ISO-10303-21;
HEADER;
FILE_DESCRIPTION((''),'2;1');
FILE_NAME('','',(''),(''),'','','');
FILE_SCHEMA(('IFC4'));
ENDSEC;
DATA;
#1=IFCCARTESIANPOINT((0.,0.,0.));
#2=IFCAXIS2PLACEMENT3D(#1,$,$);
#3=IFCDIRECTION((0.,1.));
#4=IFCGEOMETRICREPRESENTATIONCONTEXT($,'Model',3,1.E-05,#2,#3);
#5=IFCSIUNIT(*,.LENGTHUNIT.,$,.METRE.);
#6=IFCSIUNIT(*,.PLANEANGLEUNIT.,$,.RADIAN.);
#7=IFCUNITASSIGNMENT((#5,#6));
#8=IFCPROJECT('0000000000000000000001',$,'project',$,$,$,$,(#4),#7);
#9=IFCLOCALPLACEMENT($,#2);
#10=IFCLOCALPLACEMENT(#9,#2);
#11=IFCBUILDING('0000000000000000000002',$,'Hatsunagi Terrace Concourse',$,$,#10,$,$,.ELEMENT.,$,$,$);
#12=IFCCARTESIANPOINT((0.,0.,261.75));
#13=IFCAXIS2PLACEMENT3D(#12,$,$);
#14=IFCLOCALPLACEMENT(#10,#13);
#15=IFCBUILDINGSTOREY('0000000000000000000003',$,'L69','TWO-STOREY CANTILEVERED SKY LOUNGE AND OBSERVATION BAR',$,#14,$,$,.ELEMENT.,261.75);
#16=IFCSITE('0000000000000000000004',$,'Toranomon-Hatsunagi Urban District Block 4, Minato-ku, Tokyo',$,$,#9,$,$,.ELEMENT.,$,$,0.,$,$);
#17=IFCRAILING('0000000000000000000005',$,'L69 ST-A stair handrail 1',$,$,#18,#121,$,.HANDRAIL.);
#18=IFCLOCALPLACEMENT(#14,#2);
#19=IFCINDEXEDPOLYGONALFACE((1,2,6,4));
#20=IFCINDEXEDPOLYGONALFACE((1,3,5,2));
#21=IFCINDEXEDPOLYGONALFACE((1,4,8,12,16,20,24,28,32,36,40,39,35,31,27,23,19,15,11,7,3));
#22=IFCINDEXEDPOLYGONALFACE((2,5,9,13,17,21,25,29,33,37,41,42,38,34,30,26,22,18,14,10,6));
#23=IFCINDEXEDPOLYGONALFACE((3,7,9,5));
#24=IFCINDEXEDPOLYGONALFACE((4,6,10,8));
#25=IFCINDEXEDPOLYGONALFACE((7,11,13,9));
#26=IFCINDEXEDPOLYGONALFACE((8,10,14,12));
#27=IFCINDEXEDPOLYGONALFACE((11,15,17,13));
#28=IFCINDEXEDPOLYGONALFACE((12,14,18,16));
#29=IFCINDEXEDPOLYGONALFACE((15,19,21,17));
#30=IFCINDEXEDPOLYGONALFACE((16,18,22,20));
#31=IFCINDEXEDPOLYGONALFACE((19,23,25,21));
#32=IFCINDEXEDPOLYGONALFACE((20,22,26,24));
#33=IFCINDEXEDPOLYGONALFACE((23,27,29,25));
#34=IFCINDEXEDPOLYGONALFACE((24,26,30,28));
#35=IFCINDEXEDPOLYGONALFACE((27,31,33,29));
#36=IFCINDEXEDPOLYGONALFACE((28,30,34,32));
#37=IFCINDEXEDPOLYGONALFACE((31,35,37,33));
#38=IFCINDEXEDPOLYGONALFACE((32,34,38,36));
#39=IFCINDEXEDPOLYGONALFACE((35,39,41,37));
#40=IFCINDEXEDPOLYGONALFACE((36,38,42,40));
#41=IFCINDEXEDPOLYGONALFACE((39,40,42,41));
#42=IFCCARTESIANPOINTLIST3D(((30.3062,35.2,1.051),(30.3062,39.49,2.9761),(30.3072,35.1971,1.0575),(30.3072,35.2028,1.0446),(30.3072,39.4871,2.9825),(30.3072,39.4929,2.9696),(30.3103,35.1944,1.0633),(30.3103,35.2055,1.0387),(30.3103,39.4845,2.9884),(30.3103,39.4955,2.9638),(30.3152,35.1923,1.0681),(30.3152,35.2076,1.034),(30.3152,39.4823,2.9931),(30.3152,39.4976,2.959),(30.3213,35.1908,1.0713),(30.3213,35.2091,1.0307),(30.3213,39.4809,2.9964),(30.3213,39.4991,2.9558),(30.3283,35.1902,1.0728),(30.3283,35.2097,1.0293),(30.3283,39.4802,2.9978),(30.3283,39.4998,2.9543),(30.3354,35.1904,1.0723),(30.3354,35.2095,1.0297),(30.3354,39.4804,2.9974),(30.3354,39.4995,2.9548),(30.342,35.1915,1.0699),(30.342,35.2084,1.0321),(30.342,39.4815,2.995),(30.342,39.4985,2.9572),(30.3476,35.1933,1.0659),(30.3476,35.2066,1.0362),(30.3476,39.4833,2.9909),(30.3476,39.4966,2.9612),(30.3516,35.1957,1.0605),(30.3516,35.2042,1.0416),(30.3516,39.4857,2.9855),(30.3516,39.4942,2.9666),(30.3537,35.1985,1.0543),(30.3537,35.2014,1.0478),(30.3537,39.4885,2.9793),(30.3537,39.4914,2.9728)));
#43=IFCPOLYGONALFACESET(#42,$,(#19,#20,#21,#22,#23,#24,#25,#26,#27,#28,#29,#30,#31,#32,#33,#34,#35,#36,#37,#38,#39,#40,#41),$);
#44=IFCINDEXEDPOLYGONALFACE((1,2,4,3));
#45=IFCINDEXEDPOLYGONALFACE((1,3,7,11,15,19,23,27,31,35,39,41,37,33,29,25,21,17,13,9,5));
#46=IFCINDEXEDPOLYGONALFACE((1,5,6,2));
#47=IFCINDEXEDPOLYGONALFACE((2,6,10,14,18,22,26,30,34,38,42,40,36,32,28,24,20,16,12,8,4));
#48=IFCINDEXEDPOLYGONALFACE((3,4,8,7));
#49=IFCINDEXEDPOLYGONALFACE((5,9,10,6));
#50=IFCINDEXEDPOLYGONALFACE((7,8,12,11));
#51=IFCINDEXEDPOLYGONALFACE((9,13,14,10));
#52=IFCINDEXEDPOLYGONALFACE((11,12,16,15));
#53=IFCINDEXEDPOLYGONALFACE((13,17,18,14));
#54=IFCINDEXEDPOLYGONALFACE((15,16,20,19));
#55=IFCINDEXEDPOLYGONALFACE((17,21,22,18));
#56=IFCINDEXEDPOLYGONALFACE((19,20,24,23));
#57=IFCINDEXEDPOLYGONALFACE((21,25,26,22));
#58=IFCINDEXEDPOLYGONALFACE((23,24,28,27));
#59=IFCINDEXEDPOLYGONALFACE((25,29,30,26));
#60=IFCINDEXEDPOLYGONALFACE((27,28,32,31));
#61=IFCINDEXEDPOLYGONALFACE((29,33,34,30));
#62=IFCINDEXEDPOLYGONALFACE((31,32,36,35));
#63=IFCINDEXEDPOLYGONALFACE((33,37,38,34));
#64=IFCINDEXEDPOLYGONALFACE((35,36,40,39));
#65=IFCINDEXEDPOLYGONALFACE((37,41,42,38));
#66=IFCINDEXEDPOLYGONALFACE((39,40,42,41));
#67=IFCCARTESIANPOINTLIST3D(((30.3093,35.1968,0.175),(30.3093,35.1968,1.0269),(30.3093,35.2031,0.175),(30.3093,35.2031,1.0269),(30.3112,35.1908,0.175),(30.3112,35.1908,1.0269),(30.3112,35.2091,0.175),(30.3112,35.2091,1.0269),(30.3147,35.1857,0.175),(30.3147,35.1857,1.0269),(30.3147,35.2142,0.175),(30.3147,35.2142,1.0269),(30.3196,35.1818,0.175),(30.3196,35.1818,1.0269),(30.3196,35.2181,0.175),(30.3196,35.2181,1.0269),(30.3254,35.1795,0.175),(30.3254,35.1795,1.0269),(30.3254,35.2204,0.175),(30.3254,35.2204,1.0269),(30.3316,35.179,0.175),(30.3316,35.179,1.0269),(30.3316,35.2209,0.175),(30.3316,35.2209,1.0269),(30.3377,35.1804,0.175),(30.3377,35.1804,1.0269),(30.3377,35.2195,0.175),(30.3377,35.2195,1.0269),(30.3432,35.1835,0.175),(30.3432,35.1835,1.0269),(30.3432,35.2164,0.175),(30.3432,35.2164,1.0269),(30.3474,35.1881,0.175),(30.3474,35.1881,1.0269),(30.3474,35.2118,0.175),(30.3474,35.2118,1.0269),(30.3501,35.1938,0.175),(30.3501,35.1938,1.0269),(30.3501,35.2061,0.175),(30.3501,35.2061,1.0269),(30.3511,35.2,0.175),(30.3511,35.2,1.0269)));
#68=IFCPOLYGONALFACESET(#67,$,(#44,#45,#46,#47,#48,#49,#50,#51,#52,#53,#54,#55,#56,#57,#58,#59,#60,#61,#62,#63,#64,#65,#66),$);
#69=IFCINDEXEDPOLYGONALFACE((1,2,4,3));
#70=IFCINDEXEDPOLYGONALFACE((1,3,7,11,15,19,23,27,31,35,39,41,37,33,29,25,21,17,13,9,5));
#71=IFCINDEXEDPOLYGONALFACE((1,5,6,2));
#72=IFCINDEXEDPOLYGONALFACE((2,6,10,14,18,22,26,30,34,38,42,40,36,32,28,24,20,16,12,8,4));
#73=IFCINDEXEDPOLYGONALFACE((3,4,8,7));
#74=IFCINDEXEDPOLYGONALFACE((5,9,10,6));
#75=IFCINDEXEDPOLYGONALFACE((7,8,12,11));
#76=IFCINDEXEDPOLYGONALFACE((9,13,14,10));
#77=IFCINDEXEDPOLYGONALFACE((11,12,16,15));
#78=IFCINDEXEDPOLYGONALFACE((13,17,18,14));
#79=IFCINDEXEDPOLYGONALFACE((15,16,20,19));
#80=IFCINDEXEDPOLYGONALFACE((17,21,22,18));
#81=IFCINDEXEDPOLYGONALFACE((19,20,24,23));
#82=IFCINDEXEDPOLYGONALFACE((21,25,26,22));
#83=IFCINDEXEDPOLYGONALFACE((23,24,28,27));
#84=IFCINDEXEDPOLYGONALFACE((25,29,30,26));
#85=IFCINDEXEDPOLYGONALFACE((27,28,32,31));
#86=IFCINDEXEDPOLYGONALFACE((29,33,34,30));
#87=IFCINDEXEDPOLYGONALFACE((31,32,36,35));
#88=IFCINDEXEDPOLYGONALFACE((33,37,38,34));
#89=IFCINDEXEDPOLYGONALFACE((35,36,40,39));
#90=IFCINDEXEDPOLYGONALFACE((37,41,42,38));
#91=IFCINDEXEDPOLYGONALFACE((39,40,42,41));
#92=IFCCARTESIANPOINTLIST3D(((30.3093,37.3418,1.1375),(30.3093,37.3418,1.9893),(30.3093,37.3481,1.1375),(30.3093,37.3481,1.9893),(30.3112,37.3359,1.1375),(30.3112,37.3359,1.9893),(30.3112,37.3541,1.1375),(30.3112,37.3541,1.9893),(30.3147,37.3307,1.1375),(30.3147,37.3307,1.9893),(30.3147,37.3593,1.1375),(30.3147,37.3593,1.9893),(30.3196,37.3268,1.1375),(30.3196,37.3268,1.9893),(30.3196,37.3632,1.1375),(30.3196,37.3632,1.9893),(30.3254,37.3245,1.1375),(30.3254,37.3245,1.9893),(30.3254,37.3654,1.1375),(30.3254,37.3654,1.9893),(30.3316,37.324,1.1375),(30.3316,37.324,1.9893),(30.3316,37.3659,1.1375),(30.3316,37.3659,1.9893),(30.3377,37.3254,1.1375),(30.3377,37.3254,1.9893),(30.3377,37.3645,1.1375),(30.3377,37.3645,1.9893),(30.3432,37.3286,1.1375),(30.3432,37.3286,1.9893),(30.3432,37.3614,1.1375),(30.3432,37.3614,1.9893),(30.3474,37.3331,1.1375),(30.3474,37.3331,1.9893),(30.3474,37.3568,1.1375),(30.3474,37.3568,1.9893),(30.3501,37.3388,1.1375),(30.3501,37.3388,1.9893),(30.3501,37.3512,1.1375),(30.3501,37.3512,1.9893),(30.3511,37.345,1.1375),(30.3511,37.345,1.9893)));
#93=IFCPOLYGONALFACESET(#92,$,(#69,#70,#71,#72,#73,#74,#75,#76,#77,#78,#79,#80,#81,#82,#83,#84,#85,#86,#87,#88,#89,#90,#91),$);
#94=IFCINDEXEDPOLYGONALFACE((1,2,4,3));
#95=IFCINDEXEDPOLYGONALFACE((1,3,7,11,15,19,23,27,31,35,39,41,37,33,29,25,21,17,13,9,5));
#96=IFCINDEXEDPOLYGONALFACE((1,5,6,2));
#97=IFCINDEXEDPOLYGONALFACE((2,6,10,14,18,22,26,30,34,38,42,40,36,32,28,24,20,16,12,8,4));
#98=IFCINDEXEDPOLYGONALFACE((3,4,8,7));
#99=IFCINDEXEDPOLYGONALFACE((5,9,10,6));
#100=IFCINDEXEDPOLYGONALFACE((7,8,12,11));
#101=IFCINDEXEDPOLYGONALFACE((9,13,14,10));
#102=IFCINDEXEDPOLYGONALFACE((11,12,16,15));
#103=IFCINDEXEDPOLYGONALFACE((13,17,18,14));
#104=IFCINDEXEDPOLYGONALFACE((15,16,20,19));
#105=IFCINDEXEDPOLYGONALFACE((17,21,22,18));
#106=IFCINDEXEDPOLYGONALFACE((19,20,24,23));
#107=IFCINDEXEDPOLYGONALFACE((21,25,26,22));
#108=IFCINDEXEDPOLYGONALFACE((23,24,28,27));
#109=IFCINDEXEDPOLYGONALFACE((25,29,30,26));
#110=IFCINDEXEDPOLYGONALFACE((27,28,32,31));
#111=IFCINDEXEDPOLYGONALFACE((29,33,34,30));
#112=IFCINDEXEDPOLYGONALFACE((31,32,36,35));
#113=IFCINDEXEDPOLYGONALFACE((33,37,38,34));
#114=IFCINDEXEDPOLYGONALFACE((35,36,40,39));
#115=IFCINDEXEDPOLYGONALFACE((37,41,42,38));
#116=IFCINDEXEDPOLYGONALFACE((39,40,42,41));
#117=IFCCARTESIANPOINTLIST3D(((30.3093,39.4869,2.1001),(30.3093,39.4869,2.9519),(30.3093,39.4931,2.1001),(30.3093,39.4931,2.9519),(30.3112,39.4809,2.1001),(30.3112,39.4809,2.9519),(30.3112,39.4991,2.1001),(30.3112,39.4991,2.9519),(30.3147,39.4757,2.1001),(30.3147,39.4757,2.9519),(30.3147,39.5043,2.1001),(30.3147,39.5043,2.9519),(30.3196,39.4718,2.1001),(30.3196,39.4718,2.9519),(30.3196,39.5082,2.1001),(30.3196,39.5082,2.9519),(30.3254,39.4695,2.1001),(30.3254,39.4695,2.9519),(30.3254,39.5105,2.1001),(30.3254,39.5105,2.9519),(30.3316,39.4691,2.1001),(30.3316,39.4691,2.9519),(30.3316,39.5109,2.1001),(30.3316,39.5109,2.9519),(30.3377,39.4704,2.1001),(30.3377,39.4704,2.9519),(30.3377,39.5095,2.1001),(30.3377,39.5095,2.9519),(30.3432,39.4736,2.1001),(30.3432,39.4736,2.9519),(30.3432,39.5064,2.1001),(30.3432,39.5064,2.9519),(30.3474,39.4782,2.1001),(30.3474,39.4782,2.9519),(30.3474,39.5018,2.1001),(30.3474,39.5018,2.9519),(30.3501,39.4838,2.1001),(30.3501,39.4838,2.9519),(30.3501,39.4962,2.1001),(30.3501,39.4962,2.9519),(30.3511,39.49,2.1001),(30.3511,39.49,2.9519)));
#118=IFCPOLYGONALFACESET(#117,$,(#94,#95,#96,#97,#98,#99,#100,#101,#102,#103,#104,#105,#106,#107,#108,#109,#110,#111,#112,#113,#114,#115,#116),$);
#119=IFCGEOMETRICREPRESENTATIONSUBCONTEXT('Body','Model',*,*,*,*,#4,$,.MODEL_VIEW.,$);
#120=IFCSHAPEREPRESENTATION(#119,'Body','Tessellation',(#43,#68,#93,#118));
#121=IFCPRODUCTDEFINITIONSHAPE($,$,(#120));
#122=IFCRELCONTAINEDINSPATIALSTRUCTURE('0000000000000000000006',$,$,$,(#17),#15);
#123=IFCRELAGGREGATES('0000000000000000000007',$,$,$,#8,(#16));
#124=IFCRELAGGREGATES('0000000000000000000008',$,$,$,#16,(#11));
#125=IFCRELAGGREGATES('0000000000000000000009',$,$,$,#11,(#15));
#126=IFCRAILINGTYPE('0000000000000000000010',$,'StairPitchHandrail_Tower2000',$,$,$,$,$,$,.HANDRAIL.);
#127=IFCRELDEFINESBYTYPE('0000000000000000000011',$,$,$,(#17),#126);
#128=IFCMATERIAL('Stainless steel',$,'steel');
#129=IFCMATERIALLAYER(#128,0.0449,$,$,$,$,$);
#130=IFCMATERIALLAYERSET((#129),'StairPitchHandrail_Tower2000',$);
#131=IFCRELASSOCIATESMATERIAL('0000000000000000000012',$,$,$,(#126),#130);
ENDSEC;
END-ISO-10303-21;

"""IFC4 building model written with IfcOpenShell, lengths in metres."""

from ifc_helpers import new_model, si_unit, direction, frame, origin, origin_2d, place, context, subcontext, project, spatial, circle, extrude, material, layer, layer_set, type_object, element, save


model = new_model("IFC4")

# Units and contexts
model_context = context("Model", 3, precision=1e-05, world=origin(), true_north=direction((0.0, 1.0)))
body_context = subcontext(model_context, "Body", "Model", "MODEL_VIEW")
ifc_project = project(units=[si_unit("LENGTHUNIT", "METRE"), si_unit("PLANEANGLEUNIT", "RADIAN")], contexts=[model_context])

# Site, building, storey
site_placement = place(None, origin())
site = spatial("IfcSite", under=ifc_project, at=site_placement, Name="Toranomon-Hatsunagi Urban District Block 4, Minato-ku, Tokyo", CompositionType="ELEMENT", RefElevation=0.0)
building_placement = place(site_placement, origin())
building = spatial("IfcBuilding", under=site, at=building_placement, Name="Hatsunagi Terrace Concourse", CompositionType="ELEMENT")
storey_placement = place(building_placement, frame((0.0, 0.0, 261.75)))
storey = spatial("IfcBuildingStorey", under=building, at=storey_placement, Name="L69", Description="TWO-STOREY CANTILEVERED SKY LOUNGE AND OBSERVATION BAR", CompositionType="ELEMENT", Elevation=261.75)

# Railing
ifc_material_1 = material(Name="Stainless steel", Category="steel")
ifc_layer_1 = layer(ifc_material_1, 0.0449)
ifc_layer_set_1 = layer_set([ifc_layer_1], Name="StairPitchHandrail_Tower2000")
railing_type_1 = type_object("IfcRailingType", Name="StairPitchHandrail_Tower2000", PredefinedType="HANDRAIL", material=ifc_layer_set_1)
railing_1_placement = place(storey_placement, frame((30.3301, 35.2, 0.175)))
element("IfcRailing", 1, at=railing_1_placement, inside=storey, type_object=railing_type_1, Name="L69 ST-A stair handrail 1", PredefinedType="HANDRAIL", context=body_context, shape_type="SweptSolid", body=[
    extrude(circle(Radius=0.0239, at=origin_2d()), frame((0.0, 0.0, 0.876), z_axis=(0.0, 0.912356, 0.409397), x_axis=(-1.0, 0.0, 0.0)), (0.0, 0.0, 1.0), 4.7021),
    extrude(circle(Radius=0.021, at=origin_2d()), origin(), (0.0, 0.0, 1.0), 0.8518),
    extrude(circle(Radius=0.021, at=origin_2d()), frame((0.0, 2.145, 0.9624)), (0.0, 0.0, 1.0), 0.8518),
    extrude(circle(Radius=0.021, at=origin_2d()), frame((0.0, 4.29, 1.925)), (0.0, 0.0, 1.0), 0.8518),
])

save(model, "model.ifc")
